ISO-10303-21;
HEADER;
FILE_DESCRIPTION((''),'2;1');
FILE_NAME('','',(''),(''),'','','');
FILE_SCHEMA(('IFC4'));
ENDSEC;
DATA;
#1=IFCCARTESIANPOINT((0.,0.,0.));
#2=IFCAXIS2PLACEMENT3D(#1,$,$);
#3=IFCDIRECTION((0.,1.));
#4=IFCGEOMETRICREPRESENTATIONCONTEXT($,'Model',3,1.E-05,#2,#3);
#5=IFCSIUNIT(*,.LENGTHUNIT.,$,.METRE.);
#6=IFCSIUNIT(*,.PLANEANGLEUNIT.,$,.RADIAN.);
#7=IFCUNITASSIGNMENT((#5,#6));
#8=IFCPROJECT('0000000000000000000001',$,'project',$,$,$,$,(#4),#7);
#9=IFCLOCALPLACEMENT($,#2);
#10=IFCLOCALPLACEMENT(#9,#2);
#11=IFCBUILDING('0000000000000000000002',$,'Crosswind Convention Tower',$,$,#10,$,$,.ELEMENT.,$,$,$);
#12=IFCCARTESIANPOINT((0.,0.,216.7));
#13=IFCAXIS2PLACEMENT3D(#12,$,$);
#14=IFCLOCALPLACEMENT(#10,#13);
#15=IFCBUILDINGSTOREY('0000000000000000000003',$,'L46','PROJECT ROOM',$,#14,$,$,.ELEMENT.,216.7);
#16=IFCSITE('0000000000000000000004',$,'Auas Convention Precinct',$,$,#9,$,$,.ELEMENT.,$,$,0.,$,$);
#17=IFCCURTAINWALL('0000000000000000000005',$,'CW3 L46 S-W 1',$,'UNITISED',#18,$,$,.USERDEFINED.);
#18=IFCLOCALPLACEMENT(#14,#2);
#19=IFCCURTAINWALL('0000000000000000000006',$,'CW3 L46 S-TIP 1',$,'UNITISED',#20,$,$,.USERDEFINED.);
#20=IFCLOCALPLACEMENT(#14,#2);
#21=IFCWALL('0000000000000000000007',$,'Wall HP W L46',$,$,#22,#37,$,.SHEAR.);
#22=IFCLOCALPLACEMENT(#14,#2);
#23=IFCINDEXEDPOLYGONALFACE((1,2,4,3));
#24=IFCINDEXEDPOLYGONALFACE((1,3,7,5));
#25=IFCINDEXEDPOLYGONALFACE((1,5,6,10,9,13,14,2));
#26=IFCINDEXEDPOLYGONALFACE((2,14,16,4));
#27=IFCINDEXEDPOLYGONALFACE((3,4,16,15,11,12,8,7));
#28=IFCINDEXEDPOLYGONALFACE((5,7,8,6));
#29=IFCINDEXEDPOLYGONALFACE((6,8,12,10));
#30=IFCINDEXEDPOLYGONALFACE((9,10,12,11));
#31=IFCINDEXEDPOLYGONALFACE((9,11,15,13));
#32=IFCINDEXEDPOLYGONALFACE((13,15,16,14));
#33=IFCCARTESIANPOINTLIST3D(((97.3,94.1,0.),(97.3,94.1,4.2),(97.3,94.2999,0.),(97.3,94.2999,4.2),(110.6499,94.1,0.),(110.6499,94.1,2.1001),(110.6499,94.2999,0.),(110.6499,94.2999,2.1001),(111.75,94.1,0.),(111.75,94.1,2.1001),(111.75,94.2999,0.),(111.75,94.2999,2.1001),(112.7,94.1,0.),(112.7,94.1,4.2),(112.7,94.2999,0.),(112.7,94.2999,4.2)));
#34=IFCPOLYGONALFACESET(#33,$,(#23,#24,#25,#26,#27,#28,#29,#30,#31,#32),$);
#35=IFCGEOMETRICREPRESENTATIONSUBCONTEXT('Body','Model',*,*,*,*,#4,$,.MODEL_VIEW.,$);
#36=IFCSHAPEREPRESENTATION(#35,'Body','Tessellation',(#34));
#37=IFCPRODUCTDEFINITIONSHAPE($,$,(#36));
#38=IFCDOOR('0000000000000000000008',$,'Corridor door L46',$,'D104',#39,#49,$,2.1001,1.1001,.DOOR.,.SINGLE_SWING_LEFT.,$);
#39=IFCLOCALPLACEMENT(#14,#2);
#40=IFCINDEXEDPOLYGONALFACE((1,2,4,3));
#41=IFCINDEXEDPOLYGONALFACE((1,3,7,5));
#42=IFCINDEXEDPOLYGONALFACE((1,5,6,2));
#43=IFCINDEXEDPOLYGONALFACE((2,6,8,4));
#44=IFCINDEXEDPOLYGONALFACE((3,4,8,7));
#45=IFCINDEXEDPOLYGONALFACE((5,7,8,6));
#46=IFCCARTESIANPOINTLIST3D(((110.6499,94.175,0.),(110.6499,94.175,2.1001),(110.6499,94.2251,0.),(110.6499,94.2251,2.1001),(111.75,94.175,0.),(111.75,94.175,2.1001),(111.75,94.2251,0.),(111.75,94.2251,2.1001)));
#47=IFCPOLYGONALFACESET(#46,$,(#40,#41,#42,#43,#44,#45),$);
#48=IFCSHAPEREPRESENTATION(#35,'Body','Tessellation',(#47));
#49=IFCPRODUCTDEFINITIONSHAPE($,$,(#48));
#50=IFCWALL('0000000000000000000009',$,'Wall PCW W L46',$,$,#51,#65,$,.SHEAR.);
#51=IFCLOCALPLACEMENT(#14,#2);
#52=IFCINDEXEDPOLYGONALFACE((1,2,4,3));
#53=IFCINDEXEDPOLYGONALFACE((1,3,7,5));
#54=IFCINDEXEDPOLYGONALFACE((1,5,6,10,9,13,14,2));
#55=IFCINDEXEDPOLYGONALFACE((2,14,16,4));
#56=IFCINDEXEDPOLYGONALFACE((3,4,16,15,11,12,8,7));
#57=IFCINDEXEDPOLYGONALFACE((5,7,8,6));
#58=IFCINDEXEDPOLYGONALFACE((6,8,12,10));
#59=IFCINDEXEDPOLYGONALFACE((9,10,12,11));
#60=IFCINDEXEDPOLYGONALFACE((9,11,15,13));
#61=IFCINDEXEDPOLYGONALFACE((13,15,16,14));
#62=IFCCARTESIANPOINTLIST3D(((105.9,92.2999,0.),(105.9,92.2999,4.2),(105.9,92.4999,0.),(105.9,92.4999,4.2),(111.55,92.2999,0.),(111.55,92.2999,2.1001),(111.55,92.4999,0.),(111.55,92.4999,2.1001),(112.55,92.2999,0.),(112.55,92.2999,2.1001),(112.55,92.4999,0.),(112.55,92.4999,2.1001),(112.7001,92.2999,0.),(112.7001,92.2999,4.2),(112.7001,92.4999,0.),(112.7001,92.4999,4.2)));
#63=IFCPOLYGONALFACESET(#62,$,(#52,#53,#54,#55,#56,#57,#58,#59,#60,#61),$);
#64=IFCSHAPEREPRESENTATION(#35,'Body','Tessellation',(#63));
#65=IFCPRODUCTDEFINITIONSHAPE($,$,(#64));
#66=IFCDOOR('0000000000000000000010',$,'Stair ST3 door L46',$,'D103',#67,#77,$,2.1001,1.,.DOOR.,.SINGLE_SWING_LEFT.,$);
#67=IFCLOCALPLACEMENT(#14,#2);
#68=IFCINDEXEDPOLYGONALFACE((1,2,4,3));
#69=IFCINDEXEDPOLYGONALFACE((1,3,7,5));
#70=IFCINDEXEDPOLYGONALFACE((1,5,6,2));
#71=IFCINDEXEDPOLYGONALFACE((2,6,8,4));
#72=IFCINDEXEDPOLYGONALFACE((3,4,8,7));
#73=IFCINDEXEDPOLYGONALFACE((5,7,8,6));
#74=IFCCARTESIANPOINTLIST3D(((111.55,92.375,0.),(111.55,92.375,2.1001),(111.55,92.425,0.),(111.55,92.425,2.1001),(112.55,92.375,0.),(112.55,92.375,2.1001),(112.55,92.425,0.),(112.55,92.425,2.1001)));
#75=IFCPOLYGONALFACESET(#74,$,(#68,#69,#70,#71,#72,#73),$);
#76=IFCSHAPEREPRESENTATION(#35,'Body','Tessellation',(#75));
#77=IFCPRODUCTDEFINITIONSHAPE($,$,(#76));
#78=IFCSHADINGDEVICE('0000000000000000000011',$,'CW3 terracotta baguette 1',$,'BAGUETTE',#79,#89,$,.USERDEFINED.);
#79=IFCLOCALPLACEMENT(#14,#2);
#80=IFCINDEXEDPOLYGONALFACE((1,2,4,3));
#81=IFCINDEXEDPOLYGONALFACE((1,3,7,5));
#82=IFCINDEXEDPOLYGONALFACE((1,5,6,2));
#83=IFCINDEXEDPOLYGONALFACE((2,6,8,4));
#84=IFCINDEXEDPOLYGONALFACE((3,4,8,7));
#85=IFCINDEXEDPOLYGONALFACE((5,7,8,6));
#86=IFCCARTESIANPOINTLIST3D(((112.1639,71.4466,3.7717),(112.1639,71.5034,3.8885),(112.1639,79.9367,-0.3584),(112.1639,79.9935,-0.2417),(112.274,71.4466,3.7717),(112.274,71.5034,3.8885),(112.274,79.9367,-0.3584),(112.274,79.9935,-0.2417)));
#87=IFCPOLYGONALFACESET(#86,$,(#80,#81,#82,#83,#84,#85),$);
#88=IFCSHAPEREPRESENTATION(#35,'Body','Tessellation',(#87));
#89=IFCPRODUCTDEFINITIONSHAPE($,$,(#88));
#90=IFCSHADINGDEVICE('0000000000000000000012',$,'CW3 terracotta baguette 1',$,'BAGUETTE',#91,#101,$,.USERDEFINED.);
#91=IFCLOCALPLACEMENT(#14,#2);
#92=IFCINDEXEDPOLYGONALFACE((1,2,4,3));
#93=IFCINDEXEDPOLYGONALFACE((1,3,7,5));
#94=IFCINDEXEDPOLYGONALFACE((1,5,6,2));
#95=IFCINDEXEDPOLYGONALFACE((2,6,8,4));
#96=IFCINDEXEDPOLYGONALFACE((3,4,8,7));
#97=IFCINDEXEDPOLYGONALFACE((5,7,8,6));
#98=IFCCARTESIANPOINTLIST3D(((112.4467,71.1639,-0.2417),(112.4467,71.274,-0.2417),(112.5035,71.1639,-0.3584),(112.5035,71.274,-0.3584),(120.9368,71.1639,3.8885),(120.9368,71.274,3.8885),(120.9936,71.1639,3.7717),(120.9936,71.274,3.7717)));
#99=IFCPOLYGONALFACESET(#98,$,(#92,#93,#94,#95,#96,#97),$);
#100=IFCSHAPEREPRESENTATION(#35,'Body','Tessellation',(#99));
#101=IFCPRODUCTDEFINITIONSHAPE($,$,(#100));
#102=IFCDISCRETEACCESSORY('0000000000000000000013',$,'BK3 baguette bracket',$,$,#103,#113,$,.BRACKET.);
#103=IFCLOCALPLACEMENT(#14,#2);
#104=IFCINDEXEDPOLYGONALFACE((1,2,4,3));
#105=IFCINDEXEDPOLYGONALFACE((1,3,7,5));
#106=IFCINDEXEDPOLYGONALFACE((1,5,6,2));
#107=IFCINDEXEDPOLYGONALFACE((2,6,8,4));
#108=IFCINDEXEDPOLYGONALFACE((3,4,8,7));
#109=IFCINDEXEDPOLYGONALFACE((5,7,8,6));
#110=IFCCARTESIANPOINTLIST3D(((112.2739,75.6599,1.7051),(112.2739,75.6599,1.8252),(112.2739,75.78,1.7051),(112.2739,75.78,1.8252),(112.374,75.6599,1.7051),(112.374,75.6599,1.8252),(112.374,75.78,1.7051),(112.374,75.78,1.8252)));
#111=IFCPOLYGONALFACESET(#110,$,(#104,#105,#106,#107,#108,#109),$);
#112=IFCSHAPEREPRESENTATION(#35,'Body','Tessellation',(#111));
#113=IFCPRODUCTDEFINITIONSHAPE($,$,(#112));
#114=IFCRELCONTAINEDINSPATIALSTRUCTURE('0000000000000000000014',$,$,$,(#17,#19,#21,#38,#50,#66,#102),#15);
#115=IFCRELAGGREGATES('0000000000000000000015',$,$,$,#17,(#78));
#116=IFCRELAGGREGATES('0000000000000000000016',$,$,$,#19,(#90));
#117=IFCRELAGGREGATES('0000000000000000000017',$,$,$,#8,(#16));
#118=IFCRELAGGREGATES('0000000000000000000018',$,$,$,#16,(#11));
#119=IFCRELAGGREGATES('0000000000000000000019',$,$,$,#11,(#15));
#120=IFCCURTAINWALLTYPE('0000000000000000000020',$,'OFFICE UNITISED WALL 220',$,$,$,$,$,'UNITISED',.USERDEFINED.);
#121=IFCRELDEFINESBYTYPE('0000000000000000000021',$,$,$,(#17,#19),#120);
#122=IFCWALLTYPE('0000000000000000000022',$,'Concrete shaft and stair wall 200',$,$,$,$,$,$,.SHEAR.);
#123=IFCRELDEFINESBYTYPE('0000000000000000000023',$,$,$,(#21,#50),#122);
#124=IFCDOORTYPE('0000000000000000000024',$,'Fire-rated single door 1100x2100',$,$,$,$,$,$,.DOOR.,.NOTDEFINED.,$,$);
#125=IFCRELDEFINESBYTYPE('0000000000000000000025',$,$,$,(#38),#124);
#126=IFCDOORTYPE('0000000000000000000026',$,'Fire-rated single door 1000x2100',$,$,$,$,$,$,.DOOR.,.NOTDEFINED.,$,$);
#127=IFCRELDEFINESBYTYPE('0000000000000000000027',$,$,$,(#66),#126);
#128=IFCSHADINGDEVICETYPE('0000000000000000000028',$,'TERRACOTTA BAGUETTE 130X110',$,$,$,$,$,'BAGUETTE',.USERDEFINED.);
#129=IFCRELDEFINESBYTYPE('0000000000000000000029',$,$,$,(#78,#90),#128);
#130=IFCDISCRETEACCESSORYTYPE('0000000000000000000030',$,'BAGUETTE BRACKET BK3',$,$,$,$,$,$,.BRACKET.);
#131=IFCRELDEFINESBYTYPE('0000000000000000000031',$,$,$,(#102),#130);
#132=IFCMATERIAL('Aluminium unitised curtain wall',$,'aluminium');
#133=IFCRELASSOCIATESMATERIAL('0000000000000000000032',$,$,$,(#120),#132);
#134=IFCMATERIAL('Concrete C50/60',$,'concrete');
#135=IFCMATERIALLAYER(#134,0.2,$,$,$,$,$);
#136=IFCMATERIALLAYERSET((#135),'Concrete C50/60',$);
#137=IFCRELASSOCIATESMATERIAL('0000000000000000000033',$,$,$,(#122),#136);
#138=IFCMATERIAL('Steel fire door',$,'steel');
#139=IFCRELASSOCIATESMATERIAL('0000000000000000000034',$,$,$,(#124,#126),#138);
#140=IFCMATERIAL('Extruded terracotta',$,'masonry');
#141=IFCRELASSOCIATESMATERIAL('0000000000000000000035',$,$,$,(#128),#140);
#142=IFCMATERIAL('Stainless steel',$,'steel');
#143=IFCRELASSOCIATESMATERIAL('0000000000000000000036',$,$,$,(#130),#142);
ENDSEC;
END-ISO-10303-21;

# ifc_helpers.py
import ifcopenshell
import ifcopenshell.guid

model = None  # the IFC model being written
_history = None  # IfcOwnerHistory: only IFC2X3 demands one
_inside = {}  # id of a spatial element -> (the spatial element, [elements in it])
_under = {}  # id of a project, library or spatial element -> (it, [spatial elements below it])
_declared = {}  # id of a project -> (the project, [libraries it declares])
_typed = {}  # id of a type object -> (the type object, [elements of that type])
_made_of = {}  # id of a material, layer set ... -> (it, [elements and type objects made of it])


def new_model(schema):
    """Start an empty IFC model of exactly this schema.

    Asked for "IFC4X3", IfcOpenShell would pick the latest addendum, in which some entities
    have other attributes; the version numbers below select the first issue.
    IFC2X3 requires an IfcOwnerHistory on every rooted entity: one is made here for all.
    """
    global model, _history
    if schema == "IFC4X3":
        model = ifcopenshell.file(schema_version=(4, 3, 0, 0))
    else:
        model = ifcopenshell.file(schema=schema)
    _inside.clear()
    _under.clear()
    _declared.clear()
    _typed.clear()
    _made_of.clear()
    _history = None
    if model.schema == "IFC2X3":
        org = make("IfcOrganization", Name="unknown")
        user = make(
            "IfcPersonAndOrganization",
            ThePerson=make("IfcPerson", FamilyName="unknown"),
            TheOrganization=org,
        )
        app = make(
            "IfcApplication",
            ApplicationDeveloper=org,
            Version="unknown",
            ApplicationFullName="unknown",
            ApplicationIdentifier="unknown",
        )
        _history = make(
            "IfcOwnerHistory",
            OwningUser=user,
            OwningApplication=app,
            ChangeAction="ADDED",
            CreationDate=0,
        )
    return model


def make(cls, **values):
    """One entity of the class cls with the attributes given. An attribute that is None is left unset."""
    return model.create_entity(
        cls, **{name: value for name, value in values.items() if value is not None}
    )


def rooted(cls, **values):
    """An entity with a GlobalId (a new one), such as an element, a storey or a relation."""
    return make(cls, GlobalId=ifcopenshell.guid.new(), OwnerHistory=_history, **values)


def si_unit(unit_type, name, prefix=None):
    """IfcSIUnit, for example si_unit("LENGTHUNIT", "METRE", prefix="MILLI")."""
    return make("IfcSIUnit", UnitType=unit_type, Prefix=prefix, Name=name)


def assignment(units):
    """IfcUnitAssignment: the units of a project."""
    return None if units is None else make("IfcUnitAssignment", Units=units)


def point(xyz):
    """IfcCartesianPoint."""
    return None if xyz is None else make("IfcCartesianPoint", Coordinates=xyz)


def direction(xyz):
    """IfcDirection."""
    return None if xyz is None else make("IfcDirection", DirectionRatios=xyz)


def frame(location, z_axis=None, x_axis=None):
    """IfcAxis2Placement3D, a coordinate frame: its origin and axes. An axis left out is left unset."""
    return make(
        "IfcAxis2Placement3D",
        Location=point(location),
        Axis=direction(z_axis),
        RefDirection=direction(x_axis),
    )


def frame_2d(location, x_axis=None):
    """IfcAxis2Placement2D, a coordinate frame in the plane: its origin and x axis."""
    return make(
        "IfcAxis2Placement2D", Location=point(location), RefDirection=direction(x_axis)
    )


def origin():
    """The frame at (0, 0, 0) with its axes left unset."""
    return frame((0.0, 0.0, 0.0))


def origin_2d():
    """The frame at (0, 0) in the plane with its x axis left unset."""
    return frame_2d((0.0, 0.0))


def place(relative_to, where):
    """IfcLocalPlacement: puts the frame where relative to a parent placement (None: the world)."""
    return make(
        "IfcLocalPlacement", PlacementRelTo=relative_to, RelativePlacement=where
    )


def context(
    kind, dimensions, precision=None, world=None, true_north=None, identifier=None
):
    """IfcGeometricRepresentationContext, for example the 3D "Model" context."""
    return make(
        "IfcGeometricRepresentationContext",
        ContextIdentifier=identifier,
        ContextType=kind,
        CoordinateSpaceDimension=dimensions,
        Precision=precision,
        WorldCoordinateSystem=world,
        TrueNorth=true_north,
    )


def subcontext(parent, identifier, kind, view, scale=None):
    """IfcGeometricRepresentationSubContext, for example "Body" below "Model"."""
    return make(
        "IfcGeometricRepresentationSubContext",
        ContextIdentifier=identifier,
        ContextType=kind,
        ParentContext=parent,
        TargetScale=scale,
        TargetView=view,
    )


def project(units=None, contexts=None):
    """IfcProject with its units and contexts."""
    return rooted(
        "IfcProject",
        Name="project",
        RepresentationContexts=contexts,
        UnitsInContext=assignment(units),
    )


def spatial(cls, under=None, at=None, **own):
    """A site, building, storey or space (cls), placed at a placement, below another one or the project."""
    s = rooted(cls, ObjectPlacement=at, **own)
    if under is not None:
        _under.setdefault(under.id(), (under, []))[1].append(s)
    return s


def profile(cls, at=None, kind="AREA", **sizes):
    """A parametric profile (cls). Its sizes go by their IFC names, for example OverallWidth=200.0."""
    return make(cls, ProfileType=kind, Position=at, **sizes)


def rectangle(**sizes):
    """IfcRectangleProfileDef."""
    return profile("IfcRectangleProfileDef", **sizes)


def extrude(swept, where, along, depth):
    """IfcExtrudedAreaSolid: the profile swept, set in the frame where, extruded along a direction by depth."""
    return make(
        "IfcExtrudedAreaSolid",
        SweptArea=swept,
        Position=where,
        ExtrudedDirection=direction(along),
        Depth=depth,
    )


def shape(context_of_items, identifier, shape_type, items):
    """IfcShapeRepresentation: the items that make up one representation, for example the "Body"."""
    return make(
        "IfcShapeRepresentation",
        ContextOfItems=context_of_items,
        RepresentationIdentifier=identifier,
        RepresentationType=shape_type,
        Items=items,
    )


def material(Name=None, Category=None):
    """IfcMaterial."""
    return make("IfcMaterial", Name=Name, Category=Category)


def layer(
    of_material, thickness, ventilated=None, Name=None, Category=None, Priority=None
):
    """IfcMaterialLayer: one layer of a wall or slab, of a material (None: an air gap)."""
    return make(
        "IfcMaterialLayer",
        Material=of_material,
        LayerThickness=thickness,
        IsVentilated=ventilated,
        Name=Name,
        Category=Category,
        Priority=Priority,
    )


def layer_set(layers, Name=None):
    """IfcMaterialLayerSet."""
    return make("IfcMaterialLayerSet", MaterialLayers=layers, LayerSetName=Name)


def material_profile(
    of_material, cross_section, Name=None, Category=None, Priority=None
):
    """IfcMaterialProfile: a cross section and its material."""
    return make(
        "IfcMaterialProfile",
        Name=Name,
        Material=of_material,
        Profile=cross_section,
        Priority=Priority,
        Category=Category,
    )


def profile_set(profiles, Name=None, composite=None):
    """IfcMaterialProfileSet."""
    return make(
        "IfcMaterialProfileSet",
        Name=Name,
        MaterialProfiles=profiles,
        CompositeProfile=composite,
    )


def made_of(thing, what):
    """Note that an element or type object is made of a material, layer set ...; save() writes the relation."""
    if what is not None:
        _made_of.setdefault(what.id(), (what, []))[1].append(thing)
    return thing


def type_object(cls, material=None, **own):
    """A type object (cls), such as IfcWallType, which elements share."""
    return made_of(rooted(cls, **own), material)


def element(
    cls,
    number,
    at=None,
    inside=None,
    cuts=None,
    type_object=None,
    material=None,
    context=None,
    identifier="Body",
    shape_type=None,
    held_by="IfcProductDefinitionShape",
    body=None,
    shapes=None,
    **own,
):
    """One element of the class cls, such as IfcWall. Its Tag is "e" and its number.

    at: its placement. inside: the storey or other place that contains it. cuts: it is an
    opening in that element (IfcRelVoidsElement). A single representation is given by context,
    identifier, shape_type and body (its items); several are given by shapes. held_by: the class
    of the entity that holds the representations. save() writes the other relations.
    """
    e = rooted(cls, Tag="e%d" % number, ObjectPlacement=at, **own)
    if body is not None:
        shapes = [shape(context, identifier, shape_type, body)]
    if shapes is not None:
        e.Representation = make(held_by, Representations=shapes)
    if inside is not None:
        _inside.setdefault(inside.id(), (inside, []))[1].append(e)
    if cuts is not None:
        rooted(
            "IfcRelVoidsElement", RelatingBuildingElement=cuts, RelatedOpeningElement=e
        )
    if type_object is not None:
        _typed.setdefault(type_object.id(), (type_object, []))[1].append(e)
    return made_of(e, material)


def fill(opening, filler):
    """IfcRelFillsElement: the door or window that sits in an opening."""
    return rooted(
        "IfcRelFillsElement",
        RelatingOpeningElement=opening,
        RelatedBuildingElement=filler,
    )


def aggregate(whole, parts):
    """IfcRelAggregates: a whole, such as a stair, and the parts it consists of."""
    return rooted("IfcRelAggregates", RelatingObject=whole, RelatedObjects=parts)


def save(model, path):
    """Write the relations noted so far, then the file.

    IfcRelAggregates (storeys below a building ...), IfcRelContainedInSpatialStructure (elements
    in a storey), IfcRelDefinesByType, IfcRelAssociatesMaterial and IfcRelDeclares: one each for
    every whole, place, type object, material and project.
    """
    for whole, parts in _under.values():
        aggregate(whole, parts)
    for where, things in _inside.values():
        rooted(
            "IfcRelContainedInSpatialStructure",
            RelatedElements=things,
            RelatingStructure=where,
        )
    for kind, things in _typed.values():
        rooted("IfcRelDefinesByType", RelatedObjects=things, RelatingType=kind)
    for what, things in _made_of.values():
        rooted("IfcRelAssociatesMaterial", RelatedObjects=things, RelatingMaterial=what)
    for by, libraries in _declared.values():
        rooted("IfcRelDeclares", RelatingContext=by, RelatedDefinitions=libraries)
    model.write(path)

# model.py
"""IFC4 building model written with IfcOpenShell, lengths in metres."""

from ifc_helpers import new_model, si_unit, direction, frame, frame_2d, origin, origin_2d, place, context, subcontext, project, spatial, rectangle, extrude, material, layer, layer_set, material_profile, profile_set, type_object, element, fill, aggregate, save


model = new_model("IFC4")

# Units and contexts
model_context = context("Model", 3, precision=1e-05, world=origin(), true_north=direction((0.0, 1.0)))
body_context = subcontext(model_context, "Body", "Model", "MODEL_VIEW")
ifc_project = project(units=[si_unit("LENGTHUNIT", "METRE"), si_unit("PLANEANGLEUNIT", "RADIAN")], contexts=[model_context])

# Site, building, storey
site_placement = place(None, origin())
site = spatial("IfcSite", under=ifc_project, at=site_placement, Name="Auas Convention Precinct", CompositionType="ELEMENT", RefElevation=0.0)
building_placement = place(site_placement, origin())
building = spatial("IfcBuilding", under=site, at=building_placement, Name="Crosswind Convention Tower", CompositionType="ELEMENT")
storey_placement = place(building_placement, frame((0.0, 0.0, 216.7)))
storey = spatial("IfcBuildingStorey", under=building, at=storey_placement, Name="L46", Description="PROJECT ROOM", CompositionType="ELEMENT", Elevation=216.7)

# Curtain wall
ifc_material_1 = material(Name="Aluminium unitised curtain wall", Category="aluminium")
curtain_wall_type_1 = type_object("IfcCurtainWallType", Name="OFFICE UNITISED WALL 220", ElementType="UNITISED", PredefinedType="USERDEFINED", material=ifc_material_1)
curtain_wall_1_placement = place(storey_placement, origin())
curtain_wall_1 = element("IfcCurtainWall", 1, at=curtain_wall_1_placement, inside=storey, type_object=curtain_wall_type_1, Name="CW3 L46 S-W 1", ObjectType="UNITISED", PredefinedType="USERDEFINED")

# Curtain wall
curtain_wall_2_placement = place(storey_placement, origin())
curtain_wall_2 = element("IfcCurtainWall", 2, at=curtain_wall_2_placement, inside=storey, type_object=curtain_wall_type_1, Name="CW3 L46 S-TIP 1", ObjectType="UNITISED", PredefinedType="USERDEFINED")

# Shared definitions
ifc_material_2 = material(Name="Concrete C50/60", Category="concrete")

# Walls, openings, doors
ifc_layer_1 = layer(ifc_material_2, 0.2)
ifc_layer_set_1 = layer_set([ifc_layer_1], Name="Concrete C50/60")
wall_type_1 = type_object("IfcWallType", Name="Concrete shaft and stair wall 200", PredefinedType="SHEAR", material=ifc_layer_set_1)
wall_1_placement = place(storey_placement, frame((112.7, 94.2, 0.0), z_axis=(0.0, 0.0, 1.0), x_axis=(-1.0, 0.0, 0.0)))
wall_1 = element("IfcWall", 3, at=wall_1_placement, inside=storey, type_object=wall_type_1, Name="Wall HP W L46", PredefinedType="SHEAR", context=body_context, shape_type="SweptSolid", body=[
    extrude(rectangle(XDim=15.3999, YDim=0.2, at=frame_2d((7.7, 0.0))), origin(), (0.0, 0.0, 1.0), 4.2),
])
opening_1_placement = place(wall_1_placement, frame((0.95, 0.0, 0.0)))
opening_1 = element("IfcOpeningElement", 4, at=opening_1_placement, cuts=wall_1, PredefinedType="OPENING", context=body_context, shape_type="SweptSolid", body=[
    extrude(rectangle(XDim=1.1001, YDim=2.1001, at=frame_2d((0.55, 1.05))), frame((0.0, 0.1099, 0.0), z_axis=(0.0, -1.0, 0.0), x_axis=(1.0, 0.0, 0.0)), (0.0, 0.0, 1.0), 0.22),
])
ifc_material_3 = material(Name="Steel fire door", Category="steel")
door_type_1 = type_object("IfcDoorType", Name="Fire-rated single door 1100x2100", OperationType="NOTDEFINED", PredefinedType="DOOR", material=ifc_material_3)
door_1_placement = place(opening_1_placement, origin())
door_1 = element("IfcDoor", 5, at=door_1_placement, inside=storey, type_object=door_type_1, Name="Corridor door L46", ObjectType="D104", OperationType="SINGLE_SWING_LEFT", OverallHeight=2.1001, OverallWidth=1.1001, PredefinedType="DOOR", context=body_context, shape_type="SweptSolid", body=[
    extrude(rectangle(XDim=1.1001, YDim=2.1001, at=frame_2d((0.55, 1.05))), frame((0.0, 0.0249, 0.0), z_axis=(0.0, -1.0, 0.0), x_axis=(1.0, 0.0, 0.0)), (0.0, 0.0, 1.0), 0.05),
])
fill(opening_1, door_1)
wall_2_placement = place(storey_placement, frame((112.7, 92.3999, 0.0), z_axis=(0.0, 0.0, 1.0), x_axis=(-1.0, 0.0, 0.0)))
wall_2 = element("IfcWall", 6, at=wall_2_placement, inside=storey, type_object=wall_type_1, Name="Wall PCW W L46", PredefinedType="SHEAR", context=body_context, shape_type="SweptSolid", body=[
    extrude(rectangle(XDim=6.8, YDim=0.2, at=frame_2d((3.3999, 0.0))), origin(), (0.0, 0.0, 1.0), 4.2),
])
opening_2_placement = place(wall_2_placement, frame((0.1499, 0.0, 0.0)))
opening_2 = element("IfcOpeningElement", 7, at=opening_2_placement, cuts=wall_2, PredefinedType="OPENING", context=body_context, shape_type="SweptSolid", body=[
    extrude(rectangle(XDim=1.0, YDim=2.1001, at=frame_2d((0.5, 1.05))), frame((0.0, 0.1099, 0.0), z_axis=(0.0, -1.0, 0.0), x_axis=(1.0, 0.0, 0.0)), (0.0, 0.0, 1.0), 0.22),
])
door_type_2 = type_object("IfcDoorType", Name="Fire-rated single door 1000x2100", OperationType="NOTDEFINED", PredefinedType="DOOR", material=ifc_material_3)
door_2_placement = place(opening_2_placement, origin())
door_2 = element("IfcDoor", 8, at=door_2_placement, inside=storey, type_object=door_type_2, Name="Stair ST3 door L46", ObjectType="D103", OperationType="SINGLE_SWING_LEFT", OverallHeight=2.1001, OverallWidth=1.0, PredefinedType="DOOR", context=body_context, shape_type="SweptSolid", body=[
    extrude(rectangle(XDim=1.0, YDim=2.1001, at=frame_2d((0.5, 1.05))), frame((0.0, 0.0249, 0.0), z_axis=(0.0, -1.0, 0.0), x_axis=(1.0, 0.0, 0.0)), (0.0, 0.0, 1.0), 0.05),
])
fill(opening_2, door_2)

# Shading devices
ifc_material_4 = material(Name="Extruded terracotta", Category="masonry")
ifc_material_profile_1 = material_profile(ifc_material_4, rectangle(XDim=0.1101, YDim=0.1299, at=origin_2d()), Name="TC 110X130")
ifc_profile_set_1 = profile_set([ifc_material_profile_1], Name="Extruded terracotta")
shading_device_type = type_object("IfcShadingDeviceType", Name="TERRACOTTA BAGUETTE 130X110", ElementType="BAGUETTE", PredefinedType="USERDEFINED", material=ifc_profile_set_1)
shading_device_1_placement = place(storey_placement, frame((112.219, 79.9651, -0.3), z_axis=(0.0, -0.899241, 0.437454), x_axis=(1.0, 0.0, 0.0)))
shading_device_1 = element("IfcShadingDevice", 9, at=shading_device_1_placement, type_object=shading_device_type, Name="CW3 terracotta baguette 1", ObjectType="BAGUETTE", PredefinedType="USERDEFINED", context=body_context, shape_type="SweptSolid", body=[
    extrude(rectangle(XDim=0.1101, YDim=0.1299, at=origin_2d()), origin(), (0.0, 0.0, 1.0), 9.4414),
])
aggregate(curtain_wall_1, [shading_device_1])
shading_device_2_placement = place(storey_placement, frame((112.4751, 71.219, -0.3), z_axis=(0.899241, 0.0, 0.437454), x_axis=(0.0, 1.0, 0.0)))
shading_device_2 = element("IfcShadingDevice", 10, at=shading_device_2_placement, type_object=shading_device_type, Name="CW3 terracotta baguette 1", ObjectType="BAGUETTE", PredefinedType="USERDEFINED", context=body_context, shape_type="SweptSolid", body=[
    extrude(rectangle(XDim=0.1101, YDim=0.1299, at=origin_2d()), origin(), (0.0, 0.0, 1.0), 9.4414),
])
aggregate(curtain_wall_2, [shading_device_2])

# Discrete accessory
ifc_material_5 = material(Name="Stainless steel", Category="steel")
discrete_accessory_type = type_object("IfcDiscreteAccessoryType", Name="BAGUETTE BRACKET BK3", PredefinedType="BRACKET", material=ifc_material_5)
discrete_accessory_placement = place(storey_placement, frame((112.324, 75.72, 1.7051), z_axis=(0.0, 0.0, 1.0), x_axis=(0.0, -1.0, 0.0)))
element("IfcDiscreteAccessory", 11, at=discrete_accessory_placement, inside=storey, type_object=discrete_accessory_type, Name="BK3 baguette bracket", PredefinedType="BRACKET", context=body_context, shape_type="SweptSolid", body=[
    extrude(rectangle(XDim=0.1201, YDim=0.1001, at=origin_2d()), origin(), (0.0, 0.0, 1.0), 0.1201),
])

save(model, "model.ifc")
